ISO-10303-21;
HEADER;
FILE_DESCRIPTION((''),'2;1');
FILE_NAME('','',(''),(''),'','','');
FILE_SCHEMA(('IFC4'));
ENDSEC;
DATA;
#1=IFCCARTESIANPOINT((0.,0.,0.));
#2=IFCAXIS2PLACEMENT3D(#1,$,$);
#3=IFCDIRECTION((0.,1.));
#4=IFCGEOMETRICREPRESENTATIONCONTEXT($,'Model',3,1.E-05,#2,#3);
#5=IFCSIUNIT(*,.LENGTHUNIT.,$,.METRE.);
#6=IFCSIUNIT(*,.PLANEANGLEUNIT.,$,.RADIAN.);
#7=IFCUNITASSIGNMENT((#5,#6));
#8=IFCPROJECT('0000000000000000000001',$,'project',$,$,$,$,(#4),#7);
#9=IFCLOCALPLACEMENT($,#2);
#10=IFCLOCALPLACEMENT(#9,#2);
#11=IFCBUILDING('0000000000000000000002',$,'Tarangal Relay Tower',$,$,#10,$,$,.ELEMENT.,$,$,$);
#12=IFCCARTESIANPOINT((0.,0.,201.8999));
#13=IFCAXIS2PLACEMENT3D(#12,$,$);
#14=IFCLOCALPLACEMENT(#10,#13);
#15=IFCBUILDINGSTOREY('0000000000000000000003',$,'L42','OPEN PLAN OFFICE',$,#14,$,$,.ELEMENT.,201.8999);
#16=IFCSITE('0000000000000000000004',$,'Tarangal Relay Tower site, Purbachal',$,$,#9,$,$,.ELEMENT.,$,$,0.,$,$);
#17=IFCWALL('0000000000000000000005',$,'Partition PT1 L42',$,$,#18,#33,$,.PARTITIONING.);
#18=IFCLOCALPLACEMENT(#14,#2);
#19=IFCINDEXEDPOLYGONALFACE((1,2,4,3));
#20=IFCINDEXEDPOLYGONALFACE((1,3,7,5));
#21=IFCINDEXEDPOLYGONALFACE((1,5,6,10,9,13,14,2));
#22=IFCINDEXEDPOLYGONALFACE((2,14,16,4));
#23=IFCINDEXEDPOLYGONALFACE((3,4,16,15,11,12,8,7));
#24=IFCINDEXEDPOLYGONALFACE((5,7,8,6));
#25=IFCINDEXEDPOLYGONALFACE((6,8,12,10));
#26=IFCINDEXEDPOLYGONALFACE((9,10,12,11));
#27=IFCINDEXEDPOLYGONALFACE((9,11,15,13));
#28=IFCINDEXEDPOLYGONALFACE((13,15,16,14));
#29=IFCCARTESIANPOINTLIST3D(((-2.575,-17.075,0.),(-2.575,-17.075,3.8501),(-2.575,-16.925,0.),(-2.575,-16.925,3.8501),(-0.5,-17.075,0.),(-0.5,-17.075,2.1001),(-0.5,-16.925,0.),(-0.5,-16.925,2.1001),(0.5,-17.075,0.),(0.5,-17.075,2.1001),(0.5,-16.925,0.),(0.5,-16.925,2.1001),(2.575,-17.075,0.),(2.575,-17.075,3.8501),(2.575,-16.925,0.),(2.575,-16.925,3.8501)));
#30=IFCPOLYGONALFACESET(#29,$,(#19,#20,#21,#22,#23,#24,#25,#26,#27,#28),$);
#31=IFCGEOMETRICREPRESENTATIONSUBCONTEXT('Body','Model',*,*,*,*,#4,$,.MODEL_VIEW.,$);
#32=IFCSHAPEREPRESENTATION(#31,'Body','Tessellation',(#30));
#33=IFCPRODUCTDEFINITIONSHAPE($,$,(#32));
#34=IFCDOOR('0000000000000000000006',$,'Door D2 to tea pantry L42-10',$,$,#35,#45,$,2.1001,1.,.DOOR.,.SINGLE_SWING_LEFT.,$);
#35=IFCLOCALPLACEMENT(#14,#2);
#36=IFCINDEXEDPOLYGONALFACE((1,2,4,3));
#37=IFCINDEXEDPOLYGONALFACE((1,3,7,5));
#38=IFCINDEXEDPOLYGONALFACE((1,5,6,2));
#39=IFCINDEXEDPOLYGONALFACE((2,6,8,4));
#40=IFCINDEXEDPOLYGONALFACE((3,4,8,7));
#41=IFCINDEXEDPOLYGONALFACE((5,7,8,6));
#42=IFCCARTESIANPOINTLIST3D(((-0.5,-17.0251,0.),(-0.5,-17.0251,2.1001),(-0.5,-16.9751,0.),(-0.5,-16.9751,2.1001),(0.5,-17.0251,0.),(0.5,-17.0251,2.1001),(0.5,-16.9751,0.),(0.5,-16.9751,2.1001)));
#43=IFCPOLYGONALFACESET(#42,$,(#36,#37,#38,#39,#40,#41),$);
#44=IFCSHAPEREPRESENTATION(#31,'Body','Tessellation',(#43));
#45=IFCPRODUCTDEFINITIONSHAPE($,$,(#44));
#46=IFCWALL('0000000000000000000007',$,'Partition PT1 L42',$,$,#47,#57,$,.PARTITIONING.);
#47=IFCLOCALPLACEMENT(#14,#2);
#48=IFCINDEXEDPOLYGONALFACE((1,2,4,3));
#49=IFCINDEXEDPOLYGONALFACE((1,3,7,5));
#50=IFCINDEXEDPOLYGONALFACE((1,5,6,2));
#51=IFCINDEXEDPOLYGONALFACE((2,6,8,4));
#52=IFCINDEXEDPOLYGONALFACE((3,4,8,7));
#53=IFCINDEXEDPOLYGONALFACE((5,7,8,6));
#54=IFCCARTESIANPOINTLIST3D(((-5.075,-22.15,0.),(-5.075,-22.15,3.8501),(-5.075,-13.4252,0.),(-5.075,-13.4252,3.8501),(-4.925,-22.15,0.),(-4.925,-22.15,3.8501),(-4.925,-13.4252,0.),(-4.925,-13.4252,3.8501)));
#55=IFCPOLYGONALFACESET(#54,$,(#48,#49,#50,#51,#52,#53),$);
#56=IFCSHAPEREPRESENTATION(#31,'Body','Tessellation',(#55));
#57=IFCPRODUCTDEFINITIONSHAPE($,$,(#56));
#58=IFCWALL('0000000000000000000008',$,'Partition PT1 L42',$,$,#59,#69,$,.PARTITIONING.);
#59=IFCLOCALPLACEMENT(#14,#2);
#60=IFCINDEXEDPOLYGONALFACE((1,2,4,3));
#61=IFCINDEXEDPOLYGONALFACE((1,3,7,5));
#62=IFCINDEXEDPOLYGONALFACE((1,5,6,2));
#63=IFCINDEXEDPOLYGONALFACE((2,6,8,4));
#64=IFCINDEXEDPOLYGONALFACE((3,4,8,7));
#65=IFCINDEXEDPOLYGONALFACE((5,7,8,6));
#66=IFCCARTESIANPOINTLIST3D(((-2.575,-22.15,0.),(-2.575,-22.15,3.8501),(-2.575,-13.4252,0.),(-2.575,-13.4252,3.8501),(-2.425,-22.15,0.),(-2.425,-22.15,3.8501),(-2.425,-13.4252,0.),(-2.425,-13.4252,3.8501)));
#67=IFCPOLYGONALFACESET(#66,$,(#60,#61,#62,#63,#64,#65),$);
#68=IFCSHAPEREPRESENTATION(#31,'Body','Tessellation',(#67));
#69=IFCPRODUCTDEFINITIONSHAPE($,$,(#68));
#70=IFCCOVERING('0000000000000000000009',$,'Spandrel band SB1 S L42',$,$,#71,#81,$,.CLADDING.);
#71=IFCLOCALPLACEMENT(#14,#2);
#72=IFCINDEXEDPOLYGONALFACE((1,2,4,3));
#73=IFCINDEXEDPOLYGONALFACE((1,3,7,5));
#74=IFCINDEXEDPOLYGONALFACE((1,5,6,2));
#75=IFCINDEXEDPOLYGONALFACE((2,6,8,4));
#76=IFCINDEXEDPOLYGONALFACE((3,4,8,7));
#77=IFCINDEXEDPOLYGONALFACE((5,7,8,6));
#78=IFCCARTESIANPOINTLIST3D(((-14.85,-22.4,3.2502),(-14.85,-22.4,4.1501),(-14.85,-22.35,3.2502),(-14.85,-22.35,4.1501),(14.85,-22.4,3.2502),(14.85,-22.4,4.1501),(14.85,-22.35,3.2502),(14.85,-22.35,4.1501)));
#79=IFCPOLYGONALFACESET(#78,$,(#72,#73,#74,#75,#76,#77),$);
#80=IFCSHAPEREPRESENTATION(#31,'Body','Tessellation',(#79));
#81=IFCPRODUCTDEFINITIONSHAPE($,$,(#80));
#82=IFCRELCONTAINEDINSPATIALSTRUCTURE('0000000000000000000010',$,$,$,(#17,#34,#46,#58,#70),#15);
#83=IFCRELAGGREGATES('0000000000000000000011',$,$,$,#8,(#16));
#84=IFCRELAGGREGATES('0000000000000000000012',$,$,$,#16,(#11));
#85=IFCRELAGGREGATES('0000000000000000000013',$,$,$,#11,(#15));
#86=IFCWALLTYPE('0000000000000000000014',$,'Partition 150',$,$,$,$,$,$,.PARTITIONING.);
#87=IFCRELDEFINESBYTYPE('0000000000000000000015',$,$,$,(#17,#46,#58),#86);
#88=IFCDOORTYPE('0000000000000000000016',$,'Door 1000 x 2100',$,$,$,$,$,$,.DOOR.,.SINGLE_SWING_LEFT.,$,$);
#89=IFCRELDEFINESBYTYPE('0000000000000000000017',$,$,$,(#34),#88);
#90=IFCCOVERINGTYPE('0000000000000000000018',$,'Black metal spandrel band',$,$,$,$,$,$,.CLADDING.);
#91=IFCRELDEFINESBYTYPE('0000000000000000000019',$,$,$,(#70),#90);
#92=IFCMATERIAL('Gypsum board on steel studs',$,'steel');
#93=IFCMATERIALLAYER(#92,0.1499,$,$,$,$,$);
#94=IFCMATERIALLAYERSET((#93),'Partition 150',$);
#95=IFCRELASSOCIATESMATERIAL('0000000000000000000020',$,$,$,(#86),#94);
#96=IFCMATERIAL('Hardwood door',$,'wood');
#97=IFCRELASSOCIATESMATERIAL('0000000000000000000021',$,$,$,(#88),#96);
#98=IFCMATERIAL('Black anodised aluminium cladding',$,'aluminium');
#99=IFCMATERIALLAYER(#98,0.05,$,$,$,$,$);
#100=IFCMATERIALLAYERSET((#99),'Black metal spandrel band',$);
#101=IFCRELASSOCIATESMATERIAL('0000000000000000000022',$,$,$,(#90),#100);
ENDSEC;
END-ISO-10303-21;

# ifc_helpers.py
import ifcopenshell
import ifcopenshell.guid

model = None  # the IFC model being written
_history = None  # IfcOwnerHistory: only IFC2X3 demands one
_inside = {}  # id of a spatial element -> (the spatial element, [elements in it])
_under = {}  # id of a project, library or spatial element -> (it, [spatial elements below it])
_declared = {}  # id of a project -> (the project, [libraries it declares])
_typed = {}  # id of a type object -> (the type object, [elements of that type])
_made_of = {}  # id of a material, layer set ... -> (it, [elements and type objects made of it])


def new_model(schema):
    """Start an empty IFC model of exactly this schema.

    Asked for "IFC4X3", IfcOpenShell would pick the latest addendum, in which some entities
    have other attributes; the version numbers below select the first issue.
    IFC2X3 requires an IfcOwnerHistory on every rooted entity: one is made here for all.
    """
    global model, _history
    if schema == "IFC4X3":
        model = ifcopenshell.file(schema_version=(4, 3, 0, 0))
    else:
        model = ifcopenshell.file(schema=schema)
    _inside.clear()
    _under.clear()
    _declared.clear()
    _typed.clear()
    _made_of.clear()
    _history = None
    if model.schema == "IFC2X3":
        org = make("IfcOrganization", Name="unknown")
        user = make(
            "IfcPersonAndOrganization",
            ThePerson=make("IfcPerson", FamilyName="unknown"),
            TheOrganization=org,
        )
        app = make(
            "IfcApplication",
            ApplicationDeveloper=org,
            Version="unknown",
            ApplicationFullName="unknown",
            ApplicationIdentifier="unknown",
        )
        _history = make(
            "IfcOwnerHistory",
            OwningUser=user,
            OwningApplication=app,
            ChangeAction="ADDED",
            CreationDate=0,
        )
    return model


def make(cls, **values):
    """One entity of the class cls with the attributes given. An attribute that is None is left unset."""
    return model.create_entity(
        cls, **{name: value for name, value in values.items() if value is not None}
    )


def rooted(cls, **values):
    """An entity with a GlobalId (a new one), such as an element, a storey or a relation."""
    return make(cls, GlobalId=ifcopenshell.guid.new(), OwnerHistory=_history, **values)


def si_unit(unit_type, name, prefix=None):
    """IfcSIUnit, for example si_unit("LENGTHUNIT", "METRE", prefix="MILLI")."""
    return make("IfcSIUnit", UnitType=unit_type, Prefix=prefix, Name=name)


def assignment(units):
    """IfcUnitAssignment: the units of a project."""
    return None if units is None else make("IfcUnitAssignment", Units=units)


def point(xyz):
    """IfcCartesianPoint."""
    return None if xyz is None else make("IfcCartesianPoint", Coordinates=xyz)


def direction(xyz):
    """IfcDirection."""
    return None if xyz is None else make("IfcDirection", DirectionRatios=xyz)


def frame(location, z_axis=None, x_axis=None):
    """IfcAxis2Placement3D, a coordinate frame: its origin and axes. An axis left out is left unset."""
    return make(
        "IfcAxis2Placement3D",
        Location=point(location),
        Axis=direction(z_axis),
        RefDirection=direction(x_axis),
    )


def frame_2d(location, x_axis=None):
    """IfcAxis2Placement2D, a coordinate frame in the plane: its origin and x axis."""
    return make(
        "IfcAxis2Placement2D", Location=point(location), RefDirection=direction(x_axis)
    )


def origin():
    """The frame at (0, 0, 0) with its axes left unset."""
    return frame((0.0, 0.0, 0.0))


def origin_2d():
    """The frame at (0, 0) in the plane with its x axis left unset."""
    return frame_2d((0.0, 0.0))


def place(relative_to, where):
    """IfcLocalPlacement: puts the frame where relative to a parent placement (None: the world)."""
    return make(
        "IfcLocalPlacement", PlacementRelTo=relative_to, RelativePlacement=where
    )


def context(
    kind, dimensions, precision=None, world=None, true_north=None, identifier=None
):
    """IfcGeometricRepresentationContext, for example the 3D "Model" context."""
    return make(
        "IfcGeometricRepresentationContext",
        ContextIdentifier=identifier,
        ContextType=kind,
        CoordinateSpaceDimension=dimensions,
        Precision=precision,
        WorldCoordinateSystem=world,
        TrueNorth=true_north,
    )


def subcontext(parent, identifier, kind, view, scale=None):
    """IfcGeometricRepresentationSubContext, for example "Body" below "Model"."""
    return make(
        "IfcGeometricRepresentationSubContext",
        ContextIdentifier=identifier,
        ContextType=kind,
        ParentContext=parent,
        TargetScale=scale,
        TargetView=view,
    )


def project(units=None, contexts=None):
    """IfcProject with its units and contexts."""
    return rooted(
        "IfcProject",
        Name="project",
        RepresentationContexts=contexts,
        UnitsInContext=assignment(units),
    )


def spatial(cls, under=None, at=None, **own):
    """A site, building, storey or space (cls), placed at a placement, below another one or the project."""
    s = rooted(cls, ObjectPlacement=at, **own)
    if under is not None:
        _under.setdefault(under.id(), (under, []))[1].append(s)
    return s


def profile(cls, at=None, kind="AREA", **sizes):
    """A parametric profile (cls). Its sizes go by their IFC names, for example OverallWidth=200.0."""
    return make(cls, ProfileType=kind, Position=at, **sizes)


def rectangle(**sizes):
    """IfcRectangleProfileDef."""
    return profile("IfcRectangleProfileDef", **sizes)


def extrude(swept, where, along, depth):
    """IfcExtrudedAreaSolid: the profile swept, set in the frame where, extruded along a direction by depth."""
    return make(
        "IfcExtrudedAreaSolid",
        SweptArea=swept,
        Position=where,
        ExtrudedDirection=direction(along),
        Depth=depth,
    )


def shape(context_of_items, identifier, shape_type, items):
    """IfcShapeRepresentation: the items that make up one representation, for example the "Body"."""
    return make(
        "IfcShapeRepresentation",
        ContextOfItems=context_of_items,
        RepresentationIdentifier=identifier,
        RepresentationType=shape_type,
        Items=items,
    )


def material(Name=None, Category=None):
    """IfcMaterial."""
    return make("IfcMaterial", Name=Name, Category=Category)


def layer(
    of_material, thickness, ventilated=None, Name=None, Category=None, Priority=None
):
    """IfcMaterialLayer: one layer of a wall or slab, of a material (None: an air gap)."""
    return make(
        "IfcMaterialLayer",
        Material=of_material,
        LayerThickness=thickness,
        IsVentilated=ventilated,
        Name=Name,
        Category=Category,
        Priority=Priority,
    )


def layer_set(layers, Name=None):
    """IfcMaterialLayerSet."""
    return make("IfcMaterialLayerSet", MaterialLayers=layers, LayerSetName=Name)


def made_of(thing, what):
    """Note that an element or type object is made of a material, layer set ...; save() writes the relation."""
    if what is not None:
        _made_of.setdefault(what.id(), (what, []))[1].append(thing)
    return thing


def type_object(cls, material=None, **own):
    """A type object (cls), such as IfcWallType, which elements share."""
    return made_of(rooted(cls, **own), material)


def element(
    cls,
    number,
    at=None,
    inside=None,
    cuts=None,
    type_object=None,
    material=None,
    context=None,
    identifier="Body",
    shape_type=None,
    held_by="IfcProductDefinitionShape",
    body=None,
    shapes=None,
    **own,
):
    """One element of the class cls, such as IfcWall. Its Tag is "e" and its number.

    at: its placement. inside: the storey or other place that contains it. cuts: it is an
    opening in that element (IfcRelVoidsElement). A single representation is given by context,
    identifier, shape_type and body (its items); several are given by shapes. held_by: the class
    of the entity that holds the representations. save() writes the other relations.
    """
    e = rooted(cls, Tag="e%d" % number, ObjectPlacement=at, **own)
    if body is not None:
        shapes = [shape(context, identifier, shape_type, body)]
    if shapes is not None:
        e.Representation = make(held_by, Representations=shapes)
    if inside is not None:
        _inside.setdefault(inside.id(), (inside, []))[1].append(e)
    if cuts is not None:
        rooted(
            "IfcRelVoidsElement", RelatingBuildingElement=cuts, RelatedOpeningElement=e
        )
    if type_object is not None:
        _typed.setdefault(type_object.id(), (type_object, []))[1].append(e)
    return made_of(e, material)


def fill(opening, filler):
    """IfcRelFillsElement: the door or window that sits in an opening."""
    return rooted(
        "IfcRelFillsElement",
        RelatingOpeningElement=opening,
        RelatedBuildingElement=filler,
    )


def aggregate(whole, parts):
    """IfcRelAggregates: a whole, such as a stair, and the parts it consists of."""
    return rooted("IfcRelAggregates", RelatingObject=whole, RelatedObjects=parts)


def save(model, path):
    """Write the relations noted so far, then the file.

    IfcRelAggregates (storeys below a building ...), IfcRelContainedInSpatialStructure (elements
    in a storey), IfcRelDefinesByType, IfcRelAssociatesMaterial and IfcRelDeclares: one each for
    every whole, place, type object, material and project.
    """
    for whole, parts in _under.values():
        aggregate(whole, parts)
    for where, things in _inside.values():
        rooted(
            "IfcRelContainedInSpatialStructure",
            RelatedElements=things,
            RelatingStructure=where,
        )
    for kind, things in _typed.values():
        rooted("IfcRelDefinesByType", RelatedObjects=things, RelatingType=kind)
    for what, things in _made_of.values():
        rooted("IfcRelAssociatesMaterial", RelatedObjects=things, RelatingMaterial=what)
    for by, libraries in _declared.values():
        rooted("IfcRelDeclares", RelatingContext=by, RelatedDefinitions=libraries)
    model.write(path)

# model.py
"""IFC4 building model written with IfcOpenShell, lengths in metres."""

from ifc_helpers import new_model, si_unit, direction, frame, frame_2d, origin, origin_2d, place, context, subcontext, project, spatial, rectangle, extrude, material, layer, layer_set, type_object, element, fill, save


model = new_model("IFC4")

# Units and contexts
model_context = context("Model", 3, precision=1e-05, world=origin(), true_north=direction((0.0, 1.0)))
body_context = subcontext(model_context, "Body", "Model", "MODEL_VIEW")
ifc_project = project(units=[si_unit("LENGTHUNIT", "METRE"), si_unit("PLANEANGLEUNIT", "RADIAN")], contexts=[model_context])

# Site, building, storey
site_placement = place(None, origin())
site = spatial("IfcSite", under=ifc_project, at=site_placement, Name="Tarangal Relay Tower site, Purbachal", CompositionType="ELEMENT", RefElevation=0.0)
building_placement = place(site_placement, origin())
building = spatial("IfcBuilding", under=site, at=building_placement, Name="Tarangal Relay Tower", CompositionType="ELEMENT")
storey_placement = place(building_placement, frame((0.0, 0.0, 201.8999)))
storey = spatial("IfcBuildingStorey", under=building, at=storey_placement, Name="L42", Description="OPEN PLAN OFFICE", CompositionType="ELEMENT", Elevation=201.8999)

# Wall, opening, door
ifc_material_1 = material(Name="Gypsum board on steel studs", Category="steel")
ifc_layer_1 = layer(ifc_material_1, 0.1499)
ifc_layer_set_1 = layer_set([ifc_layer_1], Name="Partition 150")
wall_type_1 = type_object("IfcWallType", Name="Partition 150", PredefinedType="PARTITIONING", material=ifc_layer_set_1)
wall_1_placement = place(storey_placement, frame((-2.575, -17.0, 0.0), z_axis=(0.0, 0.0, 1.0), x_axis=(1.0, 0.0, 0.0)))
wall_1 = element("IfcWall", 1, at=wall_1_placement, inside=storey, type_object=wall_type_1, Name="Partition PT1 L42", PredefinedType="PARTITIONING", context=body_context, shape_type="SweptSolid", body=[
    extrude(rectangle(XDim=5.1499, YDim=0.1499, at=frame_2d((2.575, 0.0))), origin(), (0.0, 0.0, 1.0), 3.8501),
])
opening_placement = place(wall_1_placement, frame((2.075, 0.0, 0.0)))
opening = element("IfcOpeningElement", 2, at=opening_placement, cuts=wall_1, PredefinedType="OPENING", context=body_context, shape_type="SweptSolid", body=[
    extrude(rectangle(XDim=1.0, YDim=2.1001, at=frame_2d((0.5, 1.05))), frame((0.0, 0.085, 0.0), z_axis=(0.0, -1.0, 0.0), x_axis=(1.0, 0.0, 0.0)), (0.0, 0.0, 1.0), 0.1699),
])
ifc_material_2 = material(Name="Hardwood door", Category="wood")
door_type = type_object("IfcDoorType", Name="Door 1000 x 2100", OperationType="SINGLE_SWING_LEFT", PredefinedType="DOOR", material=ifc_material_2)
door_placement = place(opening_placement, origin())
door = element("IfcDoor", 3, at=door_placement, inside=storey, type_object=door_type, Name="Door D2 to tea pantry L42-10", OperationType="SINGLE_SWING_LEFT", OverallHeight=2.1001, OverallWidth=1.0, PredefinedType="DOOR", context=body_context, shape_type="SweptSolid", body=[
    extrude(rectangle(XDim=1.0, YDim=2.1001, at=frame_2d((0.5, 1.05))), frame((0.0, 0.0249, 0.0), z_axis=(0.0, -1.0, 0.0), x_axis=(1.0, 0.0, 0.0)), (0.0, 0.0, 1.0), 0.05),
])
fill(opening, door)

# Walls
for number, where, z_axis, x_axis, name in (
    (4, (-5.0, -22.1499, 0.0), (0.0, 0.0, 1.0), (0.0, 1.0, 0.0), "Partition PT1 L42"),
    (5, (-2.5, -22.1499, 0.0), (0.0, 0.0, 1.0), (0.0, 1.0, 0.0), "Partition PT1 L42"),
):
    element("IfcWall", number, at=place(storey_placement, frame(where, z_axis=z_axis, x_axis=x_axis)), inside=storey, type_object=wall_type_1, Name=name, PredefinedType="PARTITIONING", context=body_context, shape_type="SweptSolid", body=[
        extrude(rectangle(XDim=8.7249, YDim=0.1499, at=frame_2d((4.3623, 0.0))), origin(), (0.0, 0.0, 1.0), 3.8501),
    ])

# Covering
ifc_material_3 = material(Name="Black anodised aluminium cladding", Category="aluminium")
ifc_layer_2 = layer(ifc_material_3, 0.05)
ifc_layer_set_2 = layer_set([ifc_layer_2], Name="Black metal spandrel band")
covering_type = type_object("IfcCoveringType", Name="Black metal spandrel band", PredefinedType="CLADDING", material=ifc_layer_set_2)
covering_placement = place(storey_placement, frame((0.0, -22.375, 3.2502), z_axis=(0.0, 0.0, 1.0), x_axis=(-1.0, 0.0, 0.0)))
element("IfcCovering", 6, at=covering_placement, inside=storey, type_object=covering_type, Name="Spandrel band SB1 S L42", PredefinedType="CLADDING", context=body_context, shape_type="SweptSolid", body=[
    extrude(rectangle(XDim=29.7, YDim=0.05, at=origin_2d()), origin(), (0.0, 0.0, 1.0), 0.8999),
])

save(model, "model.ifc")
